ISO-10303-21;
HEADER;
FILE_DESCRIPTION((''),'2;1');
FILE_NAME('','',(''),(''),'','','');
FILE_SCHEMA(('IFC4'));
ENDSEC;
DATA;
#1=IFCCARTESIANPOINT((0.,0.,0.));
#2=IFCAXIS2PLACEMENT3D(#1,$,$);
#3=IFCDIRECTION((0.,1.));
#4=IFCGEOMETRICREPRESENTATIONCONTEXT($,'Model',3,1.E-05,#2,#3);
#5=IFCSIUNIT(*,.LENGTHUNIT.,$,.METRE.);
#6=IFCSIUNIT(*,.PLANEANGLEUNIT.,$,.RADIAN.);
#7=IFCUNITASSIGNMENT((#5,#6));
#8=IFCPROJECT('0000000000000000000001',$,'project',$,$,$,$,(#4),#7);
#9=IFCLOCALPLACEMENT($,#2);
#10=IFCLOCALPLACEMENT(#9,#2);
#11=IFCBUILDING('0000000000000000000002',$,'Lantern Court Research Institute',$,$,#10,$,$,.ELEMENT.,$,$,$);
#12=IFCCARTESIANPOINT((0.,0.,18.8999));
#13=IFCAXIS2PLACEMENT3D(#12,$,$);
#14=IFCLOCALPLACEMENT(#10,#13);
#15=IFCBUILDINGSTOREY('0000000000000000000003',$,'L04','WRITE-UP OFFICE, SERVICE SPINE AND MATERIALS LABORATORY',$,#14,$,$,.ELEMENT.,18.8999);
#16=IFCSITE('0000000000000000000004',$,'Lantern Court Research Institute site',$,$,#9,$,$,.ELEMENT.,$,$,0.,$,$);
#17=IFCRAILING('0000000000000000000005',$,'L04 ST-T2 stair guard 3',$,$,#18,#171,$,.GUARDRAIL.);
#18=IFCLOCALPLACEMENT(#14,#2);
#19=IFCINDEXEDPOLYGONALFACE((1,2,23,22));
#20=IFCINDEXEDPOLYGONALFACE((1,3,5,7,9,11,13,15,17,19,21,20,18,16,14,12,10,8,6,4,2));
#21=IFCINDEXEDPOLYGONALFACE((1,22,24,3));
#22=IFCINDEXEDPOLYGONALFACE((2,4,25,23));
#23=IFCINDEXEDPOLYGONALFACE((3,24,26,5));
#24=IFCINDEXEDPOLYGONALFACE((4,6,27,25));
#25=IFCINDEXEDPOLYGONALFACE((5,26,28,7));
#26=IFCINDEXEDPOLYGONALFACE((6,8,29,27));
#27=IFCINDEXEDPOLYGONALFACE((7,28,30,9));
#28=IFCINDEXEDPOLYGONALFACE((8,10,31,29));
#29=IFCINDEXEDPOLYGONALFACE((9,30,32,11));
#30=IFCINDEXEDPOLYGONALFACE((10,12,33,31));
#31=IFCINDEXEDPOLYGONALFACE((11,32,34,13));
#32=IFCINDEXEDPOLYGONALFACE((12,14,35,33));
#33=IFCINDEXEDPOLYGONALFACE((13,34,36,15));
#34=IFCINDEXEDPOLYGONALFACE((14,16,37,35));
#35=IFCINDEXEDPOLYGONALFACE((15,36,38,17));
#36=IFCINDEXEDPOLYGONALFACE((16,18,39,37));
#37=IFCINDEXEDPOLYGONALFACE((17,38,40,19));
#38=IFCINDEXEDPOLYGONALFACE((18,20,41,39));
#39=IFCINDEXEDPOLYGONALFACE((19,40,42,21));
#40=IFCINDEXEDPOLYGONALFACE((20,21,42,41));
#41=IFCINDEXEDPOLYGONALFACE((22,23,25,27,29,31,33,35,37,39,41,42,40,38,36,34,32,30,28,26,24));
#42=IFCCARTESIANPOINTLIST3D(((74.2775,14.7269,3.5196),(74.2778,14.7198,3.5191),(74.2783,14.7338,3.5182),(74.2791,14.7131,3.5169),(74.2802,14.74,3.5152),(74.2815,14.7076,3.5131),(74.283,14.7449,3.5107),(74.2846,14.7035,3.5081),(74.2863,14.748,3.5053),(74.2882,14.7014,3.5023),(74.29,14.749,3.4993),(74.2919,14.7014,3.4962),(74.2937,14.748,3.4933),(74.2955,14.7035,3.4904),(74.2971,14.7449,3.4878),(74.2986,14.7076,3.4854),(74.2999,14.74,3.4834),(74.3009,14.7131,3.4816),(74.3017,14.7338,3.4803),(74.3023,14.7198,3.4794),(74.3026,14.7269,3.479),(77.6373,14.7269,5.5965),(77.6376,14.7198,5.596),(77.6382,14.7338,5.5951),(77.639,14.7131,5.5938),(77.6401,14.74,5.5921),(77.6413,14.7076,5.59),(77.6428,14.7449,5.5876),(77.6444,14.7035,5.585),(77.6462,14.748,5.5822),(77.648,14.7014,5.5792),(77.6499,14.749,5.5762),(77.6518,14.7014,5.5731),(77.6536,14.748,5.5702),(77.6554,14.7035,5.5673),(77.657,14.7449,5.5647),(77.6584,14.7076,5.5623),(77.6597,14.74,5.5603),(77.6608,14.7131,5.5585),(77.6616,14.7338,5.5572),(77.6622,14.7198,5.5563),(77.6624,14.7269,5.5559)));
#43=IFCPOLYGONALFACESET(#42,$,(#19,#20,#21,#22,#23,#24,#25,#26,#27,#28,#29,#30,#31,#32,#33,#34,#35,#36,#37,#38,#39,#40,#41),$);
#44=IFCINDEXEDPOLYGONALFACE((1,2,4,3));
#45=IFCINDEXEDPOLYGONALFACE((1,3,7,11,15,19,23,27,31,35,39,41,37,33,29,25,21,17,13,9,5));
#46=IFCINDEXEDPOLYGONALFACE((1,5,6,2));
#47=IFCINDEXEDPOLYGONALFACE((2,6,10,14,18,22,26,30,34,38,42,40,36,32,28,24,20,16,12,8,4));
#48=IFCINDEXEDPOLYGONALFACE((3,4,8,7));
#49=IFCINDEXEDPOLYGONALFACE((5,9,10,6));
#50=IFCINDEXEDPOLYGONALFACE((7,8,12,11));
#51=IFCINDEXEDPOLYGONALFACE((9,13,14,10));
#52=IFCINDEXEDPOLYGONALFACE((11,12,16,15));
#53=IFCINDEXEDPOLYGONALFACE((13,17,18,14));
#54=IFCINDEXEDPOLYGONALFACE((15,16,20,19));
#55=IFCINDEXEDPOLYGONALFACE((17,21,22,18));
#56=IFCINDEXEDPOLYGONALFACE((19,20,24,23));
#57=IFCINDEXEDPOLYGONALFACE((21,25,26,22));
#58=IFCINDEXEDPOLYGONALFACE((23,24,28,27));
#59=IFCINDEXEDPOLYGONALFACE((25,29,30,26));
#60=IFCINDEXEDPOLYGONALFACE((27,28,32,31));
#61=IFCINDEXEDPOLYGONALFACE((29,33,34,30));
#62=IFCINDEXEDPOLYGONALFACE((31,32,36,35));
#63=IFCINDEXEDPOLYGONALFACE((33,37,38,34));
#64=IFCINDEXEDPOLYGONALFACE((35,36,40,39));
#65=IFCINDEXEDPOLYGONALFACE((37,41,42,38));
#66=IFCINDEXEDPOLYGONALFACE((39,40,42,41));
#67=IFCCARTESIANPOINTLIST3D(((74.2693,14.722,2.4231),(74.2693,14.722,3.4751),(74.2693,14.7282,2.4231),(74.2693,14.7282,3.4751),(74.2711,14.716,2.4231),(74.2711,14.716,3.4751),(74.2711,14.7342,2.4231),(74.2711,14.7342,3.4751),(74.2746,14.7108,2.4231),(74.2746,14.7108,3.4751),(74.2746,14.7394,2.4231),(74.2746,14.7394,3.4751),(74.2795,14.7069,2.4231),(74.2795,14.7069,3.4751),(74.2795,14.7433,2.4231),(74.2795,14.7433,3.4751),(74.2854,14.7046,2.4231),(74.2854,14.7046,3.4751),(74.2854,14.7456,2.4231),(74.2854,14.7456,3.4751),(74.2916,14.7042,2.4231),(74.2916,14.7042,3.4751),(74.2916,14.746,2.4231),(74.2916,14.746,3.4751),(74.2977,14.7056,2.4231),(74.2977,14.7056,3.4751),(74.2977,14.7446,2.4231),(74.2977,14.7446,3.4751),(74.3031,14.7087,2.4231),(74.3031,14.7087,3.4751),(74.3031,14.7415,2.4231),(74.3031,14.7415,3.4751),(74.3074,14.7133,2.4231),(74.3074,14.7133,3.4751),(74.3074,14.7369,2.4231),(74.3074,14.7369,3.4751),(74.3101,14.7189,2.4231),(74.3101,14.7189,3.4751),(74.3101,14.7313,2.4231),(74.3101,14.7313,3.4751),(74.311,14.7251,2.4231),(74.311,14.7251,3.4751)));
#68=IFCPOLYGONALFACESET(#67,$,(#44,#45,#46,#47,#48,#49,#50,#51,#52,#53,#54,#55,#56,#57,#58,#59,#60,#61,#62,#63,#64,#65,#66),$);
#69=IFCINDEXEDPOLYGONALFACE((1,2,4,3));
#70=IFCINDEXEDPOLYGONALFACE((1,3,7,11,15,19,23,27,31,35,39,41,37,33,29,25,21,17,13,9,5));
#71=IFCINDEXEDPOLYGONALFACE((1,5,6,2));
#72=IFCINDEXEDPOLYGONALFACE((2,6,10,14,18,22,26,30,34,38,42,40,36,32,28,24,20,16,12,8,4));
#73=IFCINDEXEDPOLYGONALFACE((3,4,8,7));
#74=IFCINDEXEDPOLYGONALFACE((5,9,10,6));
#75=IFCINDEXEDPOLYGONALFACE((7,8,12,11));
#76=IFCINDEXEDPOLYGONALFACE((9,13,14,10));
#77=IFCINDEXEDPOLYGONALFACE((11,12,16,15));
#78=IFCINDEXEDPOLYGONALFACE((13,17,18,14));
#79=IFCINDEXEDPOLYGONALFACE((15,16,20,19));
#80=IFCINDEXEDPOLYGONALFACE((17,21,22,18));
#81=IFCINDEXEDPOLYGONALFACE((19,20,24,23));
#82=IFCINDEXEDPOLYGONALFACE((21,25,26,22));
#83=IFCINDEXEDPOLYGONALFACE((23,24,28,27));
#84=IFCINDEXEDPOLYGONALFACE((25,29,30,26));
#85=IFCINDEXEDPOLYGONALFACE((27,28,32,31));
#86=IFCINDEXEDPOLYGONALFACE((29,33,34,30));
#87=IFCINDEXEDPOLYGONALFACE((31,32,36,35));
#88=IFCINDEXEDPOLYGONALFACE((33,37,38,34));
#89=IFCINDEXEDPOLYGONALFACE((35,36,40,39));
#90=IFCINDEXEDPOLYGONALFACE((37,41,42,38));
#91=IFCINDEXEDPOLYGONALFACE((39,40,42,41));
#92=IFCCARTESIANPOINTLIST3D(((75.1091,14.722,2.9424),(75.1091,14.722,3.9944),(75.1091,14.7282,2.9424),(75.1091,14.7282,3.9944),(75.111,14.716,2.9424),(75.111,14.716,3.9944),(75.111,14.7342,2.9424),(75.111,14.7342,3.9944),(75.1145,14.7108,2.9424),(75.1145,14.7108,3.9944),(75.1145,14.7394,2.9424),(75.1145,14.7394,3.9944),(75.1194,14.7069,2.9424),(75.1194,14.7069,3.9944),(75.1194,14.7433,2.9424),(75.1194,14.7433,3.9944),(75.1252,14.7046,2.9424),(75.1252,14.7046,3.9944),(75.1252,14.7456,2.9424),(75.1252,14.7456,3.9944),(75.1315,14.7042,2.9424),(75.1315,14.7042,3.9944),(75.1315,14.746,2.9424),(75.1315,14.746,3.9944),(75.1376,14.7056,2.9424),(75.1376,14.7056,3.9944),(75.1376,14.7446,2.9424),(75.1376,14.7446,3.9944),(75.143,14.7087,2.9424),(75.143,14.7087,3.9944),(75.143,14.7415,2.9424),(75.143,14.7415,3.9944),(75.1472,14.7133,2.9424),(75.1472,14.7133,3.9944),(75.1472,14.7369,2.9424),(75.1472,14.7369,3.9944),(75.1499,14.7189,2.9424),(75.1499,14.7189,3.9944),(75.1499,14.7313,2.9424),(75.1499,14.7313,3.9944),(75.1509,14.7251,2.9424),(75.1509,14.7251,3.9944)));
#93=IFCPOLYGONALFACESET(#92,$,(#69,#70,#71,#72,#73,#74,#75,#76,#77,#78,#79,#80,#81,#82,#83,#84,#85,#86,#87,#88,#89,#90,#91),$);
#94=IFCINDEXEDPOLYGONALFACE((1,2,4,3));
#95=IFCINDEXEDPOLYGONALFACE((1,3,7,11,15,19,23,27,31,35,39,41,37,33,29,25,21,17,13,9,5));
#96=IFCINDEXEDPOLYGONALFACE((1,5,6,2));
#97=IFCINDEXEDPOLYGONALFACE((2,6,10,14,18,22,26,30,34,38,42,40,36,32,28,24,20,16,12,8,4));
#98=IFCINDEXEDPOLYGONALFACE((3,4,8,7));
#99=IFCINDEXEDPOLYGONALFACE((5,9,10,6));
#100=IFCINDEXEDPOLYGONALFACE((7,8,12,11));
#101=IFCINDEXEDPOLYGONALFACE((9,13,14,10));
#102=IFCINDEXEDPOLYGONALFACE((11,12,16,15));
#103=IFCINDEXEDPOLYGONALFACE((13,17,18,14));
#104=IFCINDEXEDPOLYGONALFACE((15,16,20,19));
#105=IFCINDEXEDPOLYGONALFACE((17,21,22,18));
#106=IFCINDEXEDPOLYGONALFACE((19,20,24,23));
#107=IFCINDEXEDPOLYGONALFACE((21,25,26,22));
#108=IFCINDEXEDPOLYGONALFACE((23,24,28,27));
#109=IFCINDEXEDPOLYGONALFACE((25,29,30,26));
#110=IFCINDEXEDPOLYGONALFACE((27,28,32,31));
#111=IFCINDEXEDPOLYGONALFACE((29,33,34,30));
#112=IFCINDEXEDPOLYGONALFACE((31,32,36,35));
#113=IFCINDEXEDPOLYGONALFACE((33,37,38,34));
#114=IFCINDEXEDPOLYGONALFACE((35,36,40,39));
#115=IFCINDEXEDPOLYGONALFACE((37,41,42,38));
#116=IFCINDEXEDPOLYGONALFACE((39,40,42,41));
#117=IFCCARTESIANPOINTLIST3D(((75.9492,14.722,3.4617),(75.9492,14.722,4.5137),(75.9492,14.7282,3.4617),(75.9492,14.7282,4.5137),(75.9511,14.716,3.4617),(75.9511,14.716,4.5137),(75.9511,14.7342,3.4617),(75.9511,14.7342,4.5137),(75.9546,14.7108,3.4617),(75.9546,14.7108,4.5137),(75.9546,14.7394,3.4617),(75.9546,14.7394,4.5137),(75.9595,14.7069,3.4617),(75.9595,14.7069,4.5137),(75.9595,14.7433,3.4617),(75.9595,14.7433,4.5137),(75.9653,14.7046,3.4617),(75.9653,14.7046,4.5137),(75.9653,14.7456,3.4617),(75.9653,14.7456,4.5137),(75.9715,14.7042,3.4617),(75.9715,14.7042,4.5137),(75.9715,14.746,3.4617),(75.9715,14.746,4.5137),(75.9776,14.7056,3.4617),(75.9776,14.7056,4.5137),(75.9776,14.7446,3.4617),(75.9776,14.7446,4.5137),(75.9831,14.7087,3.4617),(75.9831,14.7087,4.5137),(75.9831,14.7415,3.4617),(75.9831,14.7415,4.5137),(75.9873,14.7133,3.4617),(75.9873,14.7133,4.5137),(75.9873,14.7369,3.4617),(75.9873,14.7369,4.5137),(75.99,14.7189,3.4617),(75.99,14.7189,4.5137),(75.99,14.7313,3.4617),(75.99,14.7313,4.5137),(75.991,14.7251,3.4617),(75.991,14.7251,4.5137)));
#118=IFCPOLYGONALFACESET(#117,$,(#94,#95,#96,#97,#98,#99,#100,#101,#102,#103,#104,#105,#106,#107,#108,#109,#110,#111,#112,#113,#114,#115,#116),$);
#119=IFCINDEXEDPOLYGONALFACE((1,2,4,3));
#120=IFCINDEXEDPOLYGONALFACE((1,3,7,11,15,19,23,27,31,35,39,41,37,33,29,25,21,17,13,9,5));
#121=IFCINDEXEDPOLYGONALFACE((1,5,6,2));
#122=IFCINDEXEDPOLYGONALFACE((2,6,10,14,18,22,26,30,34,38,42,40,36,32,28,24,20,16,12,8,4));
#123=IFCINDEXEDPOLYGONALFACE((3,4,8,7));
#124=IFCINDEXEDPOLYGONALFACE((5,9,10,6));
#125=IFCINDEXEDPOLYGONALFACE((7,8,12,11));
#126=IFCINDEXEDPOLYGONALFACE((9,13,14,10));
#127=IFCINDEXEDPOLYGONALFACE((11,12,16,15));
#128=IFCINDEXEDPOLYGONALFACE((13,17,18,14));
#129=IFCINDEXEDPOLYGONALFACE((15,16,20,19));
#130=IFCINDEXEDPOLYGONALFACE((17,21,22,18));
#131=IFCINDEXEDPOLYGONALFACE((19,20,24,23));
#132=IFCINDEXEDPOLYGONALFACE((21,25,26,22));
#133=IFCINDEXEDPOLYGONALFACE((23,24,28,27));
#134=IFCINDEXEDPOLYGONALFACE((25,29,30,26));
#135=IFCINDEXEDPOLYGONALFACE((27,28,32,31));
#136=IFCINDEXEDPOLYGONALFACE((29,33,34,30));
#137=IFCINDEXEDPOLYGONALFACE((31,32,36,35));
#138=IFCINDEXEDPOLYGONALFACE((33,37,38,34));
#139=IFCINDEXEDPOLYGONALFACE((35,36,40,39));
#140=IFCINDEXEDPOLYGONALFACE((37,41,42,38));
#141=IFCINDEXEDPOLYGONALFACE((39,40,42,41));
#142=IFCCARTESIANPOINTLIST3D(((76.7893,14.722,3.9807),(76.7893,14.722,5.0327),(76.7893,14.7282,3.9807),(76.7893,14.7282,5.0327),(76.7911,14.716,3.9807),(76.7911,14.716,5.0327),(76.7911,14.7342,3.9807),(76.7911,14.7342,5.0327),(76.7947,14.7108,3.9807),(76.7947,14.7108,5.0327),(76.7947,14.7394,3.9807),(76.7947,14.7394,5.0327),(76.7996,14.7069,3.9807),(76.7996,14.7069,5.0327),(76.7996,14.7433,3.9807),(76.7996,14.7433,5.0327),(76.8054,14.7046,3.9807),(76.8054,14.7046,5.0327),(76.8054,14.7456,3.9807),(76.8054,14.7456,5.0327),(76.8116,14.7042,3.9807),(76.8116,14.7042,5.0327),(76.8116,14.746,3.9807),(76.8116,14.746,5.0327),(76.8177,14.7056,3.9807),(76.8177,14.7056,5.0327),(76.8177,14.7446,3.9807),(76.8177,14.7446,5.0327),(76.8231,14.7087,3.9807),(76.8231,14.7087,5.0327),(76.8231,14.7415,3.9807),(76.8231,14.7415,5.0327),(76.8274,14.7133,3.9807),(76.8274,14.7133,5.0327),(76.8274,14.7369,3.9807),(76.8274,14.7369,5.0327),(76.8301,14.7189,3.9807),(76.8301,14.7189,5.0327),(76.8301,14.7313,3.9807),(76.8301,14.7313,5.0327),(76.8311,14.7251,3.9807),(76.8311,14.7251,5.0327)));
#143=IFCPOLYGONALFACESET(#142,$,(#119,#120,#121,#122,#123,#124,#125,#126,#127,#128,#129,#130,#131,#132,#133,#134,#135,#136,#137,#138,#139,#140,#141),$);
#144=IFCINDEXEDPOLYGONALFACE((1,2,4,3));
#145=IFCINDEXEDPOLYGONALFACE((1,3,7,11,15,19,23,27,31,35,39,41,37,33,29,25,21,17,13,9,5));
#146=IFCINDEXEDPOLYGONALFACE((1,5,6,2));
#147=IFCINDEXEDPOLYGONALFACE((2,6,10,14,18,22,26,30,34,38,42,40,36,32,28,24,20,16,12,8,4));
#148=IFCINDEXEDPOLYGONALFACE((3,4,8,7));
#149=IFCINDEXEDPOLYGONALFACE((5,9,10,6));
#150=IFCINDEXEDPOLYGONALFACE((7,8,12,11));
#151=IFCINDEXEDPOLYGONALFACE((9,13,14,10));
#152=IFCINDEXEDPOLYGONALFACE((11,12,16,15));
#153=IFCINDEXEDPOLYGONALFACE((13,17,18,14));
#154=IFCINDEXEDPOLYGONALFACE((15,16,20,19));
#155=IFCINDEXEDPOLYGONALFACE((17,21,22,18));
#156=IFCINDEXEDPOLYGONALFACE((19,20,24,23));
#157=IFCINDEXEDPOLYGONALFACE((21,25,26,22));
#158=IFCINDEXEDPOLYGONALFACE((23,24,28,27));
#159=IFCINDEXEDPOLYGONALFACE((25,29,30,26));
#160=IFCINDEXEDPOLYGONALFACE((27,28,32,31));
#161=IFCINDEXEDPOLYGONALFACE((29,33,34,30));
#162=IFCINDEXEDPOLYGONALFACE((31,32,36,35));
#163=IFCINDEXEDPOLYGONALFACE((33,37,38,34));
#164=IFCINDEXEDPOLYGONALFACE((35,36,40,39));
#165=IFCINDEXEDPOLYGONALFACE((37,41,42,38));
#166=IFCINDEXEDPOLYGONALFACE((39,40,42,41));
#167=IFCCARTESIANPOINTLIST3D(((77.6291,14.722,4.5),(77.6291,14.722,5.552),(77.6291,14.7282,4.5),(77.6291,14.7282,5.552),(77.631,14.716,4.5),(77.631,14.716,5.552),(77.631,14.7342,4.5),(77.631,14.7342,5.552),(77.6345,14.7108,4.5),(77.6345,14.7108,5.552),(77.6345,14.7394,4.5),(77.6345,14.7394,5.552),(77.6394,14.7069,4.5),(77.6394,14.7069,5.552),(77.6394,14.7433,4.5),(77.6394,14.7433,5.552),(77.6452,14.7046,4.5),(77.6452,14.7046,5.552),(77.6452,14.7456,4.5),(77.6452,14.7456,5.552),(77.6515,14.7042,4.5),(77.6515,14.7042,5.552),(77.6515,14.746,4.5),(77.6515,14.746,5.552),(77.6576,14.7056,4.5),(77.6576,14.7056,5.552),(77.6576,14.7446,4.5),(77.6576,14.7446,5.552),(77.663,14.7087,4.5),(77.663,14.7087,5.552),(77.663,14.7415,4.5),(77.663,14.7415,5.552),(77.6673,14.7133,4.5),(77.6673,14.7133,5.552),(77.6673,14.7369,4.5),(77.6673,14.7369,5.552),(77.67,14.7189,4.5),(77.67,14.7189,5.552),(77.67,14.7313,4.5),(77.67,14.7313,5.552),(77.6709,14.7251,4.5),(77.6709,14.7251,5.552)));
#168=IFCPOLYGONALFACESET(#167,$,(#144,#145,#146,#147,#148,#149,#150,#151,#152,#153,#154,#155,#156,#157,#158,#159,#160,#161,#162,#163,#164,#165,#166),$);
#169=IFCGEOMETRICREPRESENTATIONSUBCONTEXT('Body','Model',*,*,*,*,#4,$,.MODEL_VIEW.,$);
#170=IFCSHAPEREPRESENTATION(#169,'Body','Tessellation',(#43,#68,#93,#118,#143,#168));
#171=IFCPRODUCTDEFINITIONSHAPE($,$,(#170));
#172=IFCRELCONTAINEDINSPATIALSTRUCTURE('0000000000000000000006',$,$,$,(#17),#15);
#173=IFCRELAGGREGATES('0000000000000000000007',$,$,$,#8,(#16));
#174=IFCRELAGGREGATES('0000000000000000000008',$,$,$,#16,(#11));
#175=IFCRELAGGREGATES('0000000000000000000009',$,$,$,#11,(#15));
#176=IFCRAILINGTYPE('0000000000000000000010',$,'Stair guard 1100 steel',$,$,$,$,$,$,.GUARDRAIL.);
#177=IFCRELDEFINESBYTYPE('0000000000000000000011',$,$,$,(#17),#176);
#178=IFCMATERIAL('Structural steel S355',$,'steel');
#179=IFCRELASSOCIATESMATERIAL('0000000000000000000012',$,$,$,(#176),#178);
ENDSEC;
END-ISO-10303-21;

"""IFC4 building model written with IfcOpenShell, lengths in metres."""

from ifc_helpers import new_model, si_unit, direction, frame, origin, origin_2d, place, context, subcontext, project, spatial, circle, extrude, material, type_object, element, save


model = new_model("IFC4")

# Units and contexts
model_context = context("Model", 3, precision=1e-05, world=origin(), true_north=direction((0.0, 1.0)))
body_context = subcontext(model_context, "Body", "Model", "MODEL_VIEW")
ifc_project = project(units=[si_unit("LENGTHUNIT", "METRE"), si_unit("PLANEANGLEUNIT", "RADIAN")], contexts=[model_context])

# Site, building, storey
site_placement = place(None, origin())
site = spatial("IfcSite", under=ifc_project, at=site_placement, Name="Lantern Court Research Institute site", CompositionType="ELEMENT", RefElevation=0.0)
building_placement = place(site_placement, origin())
building = spatial("IfcBuilding", under=site, at=building_placement, Name="Lantern Court Research Institute", CompositionType="ELEMENT")
storey_placement = place(building_placement, frame((0.0, 0.0, 18.8999)))
storey = spatial("IfcBuildingStorey", under=building, at=storey_placement, Name="L04", Description="WRITE-UP OFFICE, SERVICE SPINE AND MATERIALS LABORATORY", CompositionType="ELEMENT", Elevation=18.8999)

# Railing
ifc_material_1 = material(Name="Structural steel S355", Category="steel")
railing_type_1 = type_object("IfcRailingType", Name="Stair guard 1100 steel", PredefinedType="GUARDRAIL", material=ifc_material_1)
railing_1_placement = place(storey_placement, frame((74.29, 14.7251, 2.4231)))
element("IfcRailing", 1, at=railing_1_placement, inside=storey, type_object=railing_type_1, Name="L04 ST-T2 stair guard 3", PredefinedType="GUARDRAIL", context=body_context, shape_type="SweptSolid", body=[
    extrude(circle(Radius=0.0239, at=origin_2d()), frame((0.0, 0.0, 1.0762), z_axis=(0.850606, 0.0, 0.525803), x_axis=(0.0, 1.0, 0.0)), (0.0, 0.0, 1.0), 3.95),
    extrude(circle(Radius=0.021, at=origin_2d()), origin(), (0.0, 0.0, 1.0), 1.052),
    extrude(circle(Radius=0.021, at=origin_2d()), frame((0.8398, 0.0, 0.5193)), (0.0, 0.0, 1.0), 1.052),
    extrude(circle(Radius=0.021, at=origin_2d()), frame((1.6799, 0.0, 1.0386)), (0.0, 0.0, 1.0), 1.052),
    extrude(circle(Radius=0.021, at=origin_2d()), frame((2.52, 0.0, 1.5576)), (0.0, 0.0, 1.0), 1.052),
    extrude(circle(Radius=0.021, at=origin_2d()), frame((3.3599, 0.0, 2.0769)), (0.0, 0.0, 1.0), 1.052),
])

save(model, "model.ifc")
